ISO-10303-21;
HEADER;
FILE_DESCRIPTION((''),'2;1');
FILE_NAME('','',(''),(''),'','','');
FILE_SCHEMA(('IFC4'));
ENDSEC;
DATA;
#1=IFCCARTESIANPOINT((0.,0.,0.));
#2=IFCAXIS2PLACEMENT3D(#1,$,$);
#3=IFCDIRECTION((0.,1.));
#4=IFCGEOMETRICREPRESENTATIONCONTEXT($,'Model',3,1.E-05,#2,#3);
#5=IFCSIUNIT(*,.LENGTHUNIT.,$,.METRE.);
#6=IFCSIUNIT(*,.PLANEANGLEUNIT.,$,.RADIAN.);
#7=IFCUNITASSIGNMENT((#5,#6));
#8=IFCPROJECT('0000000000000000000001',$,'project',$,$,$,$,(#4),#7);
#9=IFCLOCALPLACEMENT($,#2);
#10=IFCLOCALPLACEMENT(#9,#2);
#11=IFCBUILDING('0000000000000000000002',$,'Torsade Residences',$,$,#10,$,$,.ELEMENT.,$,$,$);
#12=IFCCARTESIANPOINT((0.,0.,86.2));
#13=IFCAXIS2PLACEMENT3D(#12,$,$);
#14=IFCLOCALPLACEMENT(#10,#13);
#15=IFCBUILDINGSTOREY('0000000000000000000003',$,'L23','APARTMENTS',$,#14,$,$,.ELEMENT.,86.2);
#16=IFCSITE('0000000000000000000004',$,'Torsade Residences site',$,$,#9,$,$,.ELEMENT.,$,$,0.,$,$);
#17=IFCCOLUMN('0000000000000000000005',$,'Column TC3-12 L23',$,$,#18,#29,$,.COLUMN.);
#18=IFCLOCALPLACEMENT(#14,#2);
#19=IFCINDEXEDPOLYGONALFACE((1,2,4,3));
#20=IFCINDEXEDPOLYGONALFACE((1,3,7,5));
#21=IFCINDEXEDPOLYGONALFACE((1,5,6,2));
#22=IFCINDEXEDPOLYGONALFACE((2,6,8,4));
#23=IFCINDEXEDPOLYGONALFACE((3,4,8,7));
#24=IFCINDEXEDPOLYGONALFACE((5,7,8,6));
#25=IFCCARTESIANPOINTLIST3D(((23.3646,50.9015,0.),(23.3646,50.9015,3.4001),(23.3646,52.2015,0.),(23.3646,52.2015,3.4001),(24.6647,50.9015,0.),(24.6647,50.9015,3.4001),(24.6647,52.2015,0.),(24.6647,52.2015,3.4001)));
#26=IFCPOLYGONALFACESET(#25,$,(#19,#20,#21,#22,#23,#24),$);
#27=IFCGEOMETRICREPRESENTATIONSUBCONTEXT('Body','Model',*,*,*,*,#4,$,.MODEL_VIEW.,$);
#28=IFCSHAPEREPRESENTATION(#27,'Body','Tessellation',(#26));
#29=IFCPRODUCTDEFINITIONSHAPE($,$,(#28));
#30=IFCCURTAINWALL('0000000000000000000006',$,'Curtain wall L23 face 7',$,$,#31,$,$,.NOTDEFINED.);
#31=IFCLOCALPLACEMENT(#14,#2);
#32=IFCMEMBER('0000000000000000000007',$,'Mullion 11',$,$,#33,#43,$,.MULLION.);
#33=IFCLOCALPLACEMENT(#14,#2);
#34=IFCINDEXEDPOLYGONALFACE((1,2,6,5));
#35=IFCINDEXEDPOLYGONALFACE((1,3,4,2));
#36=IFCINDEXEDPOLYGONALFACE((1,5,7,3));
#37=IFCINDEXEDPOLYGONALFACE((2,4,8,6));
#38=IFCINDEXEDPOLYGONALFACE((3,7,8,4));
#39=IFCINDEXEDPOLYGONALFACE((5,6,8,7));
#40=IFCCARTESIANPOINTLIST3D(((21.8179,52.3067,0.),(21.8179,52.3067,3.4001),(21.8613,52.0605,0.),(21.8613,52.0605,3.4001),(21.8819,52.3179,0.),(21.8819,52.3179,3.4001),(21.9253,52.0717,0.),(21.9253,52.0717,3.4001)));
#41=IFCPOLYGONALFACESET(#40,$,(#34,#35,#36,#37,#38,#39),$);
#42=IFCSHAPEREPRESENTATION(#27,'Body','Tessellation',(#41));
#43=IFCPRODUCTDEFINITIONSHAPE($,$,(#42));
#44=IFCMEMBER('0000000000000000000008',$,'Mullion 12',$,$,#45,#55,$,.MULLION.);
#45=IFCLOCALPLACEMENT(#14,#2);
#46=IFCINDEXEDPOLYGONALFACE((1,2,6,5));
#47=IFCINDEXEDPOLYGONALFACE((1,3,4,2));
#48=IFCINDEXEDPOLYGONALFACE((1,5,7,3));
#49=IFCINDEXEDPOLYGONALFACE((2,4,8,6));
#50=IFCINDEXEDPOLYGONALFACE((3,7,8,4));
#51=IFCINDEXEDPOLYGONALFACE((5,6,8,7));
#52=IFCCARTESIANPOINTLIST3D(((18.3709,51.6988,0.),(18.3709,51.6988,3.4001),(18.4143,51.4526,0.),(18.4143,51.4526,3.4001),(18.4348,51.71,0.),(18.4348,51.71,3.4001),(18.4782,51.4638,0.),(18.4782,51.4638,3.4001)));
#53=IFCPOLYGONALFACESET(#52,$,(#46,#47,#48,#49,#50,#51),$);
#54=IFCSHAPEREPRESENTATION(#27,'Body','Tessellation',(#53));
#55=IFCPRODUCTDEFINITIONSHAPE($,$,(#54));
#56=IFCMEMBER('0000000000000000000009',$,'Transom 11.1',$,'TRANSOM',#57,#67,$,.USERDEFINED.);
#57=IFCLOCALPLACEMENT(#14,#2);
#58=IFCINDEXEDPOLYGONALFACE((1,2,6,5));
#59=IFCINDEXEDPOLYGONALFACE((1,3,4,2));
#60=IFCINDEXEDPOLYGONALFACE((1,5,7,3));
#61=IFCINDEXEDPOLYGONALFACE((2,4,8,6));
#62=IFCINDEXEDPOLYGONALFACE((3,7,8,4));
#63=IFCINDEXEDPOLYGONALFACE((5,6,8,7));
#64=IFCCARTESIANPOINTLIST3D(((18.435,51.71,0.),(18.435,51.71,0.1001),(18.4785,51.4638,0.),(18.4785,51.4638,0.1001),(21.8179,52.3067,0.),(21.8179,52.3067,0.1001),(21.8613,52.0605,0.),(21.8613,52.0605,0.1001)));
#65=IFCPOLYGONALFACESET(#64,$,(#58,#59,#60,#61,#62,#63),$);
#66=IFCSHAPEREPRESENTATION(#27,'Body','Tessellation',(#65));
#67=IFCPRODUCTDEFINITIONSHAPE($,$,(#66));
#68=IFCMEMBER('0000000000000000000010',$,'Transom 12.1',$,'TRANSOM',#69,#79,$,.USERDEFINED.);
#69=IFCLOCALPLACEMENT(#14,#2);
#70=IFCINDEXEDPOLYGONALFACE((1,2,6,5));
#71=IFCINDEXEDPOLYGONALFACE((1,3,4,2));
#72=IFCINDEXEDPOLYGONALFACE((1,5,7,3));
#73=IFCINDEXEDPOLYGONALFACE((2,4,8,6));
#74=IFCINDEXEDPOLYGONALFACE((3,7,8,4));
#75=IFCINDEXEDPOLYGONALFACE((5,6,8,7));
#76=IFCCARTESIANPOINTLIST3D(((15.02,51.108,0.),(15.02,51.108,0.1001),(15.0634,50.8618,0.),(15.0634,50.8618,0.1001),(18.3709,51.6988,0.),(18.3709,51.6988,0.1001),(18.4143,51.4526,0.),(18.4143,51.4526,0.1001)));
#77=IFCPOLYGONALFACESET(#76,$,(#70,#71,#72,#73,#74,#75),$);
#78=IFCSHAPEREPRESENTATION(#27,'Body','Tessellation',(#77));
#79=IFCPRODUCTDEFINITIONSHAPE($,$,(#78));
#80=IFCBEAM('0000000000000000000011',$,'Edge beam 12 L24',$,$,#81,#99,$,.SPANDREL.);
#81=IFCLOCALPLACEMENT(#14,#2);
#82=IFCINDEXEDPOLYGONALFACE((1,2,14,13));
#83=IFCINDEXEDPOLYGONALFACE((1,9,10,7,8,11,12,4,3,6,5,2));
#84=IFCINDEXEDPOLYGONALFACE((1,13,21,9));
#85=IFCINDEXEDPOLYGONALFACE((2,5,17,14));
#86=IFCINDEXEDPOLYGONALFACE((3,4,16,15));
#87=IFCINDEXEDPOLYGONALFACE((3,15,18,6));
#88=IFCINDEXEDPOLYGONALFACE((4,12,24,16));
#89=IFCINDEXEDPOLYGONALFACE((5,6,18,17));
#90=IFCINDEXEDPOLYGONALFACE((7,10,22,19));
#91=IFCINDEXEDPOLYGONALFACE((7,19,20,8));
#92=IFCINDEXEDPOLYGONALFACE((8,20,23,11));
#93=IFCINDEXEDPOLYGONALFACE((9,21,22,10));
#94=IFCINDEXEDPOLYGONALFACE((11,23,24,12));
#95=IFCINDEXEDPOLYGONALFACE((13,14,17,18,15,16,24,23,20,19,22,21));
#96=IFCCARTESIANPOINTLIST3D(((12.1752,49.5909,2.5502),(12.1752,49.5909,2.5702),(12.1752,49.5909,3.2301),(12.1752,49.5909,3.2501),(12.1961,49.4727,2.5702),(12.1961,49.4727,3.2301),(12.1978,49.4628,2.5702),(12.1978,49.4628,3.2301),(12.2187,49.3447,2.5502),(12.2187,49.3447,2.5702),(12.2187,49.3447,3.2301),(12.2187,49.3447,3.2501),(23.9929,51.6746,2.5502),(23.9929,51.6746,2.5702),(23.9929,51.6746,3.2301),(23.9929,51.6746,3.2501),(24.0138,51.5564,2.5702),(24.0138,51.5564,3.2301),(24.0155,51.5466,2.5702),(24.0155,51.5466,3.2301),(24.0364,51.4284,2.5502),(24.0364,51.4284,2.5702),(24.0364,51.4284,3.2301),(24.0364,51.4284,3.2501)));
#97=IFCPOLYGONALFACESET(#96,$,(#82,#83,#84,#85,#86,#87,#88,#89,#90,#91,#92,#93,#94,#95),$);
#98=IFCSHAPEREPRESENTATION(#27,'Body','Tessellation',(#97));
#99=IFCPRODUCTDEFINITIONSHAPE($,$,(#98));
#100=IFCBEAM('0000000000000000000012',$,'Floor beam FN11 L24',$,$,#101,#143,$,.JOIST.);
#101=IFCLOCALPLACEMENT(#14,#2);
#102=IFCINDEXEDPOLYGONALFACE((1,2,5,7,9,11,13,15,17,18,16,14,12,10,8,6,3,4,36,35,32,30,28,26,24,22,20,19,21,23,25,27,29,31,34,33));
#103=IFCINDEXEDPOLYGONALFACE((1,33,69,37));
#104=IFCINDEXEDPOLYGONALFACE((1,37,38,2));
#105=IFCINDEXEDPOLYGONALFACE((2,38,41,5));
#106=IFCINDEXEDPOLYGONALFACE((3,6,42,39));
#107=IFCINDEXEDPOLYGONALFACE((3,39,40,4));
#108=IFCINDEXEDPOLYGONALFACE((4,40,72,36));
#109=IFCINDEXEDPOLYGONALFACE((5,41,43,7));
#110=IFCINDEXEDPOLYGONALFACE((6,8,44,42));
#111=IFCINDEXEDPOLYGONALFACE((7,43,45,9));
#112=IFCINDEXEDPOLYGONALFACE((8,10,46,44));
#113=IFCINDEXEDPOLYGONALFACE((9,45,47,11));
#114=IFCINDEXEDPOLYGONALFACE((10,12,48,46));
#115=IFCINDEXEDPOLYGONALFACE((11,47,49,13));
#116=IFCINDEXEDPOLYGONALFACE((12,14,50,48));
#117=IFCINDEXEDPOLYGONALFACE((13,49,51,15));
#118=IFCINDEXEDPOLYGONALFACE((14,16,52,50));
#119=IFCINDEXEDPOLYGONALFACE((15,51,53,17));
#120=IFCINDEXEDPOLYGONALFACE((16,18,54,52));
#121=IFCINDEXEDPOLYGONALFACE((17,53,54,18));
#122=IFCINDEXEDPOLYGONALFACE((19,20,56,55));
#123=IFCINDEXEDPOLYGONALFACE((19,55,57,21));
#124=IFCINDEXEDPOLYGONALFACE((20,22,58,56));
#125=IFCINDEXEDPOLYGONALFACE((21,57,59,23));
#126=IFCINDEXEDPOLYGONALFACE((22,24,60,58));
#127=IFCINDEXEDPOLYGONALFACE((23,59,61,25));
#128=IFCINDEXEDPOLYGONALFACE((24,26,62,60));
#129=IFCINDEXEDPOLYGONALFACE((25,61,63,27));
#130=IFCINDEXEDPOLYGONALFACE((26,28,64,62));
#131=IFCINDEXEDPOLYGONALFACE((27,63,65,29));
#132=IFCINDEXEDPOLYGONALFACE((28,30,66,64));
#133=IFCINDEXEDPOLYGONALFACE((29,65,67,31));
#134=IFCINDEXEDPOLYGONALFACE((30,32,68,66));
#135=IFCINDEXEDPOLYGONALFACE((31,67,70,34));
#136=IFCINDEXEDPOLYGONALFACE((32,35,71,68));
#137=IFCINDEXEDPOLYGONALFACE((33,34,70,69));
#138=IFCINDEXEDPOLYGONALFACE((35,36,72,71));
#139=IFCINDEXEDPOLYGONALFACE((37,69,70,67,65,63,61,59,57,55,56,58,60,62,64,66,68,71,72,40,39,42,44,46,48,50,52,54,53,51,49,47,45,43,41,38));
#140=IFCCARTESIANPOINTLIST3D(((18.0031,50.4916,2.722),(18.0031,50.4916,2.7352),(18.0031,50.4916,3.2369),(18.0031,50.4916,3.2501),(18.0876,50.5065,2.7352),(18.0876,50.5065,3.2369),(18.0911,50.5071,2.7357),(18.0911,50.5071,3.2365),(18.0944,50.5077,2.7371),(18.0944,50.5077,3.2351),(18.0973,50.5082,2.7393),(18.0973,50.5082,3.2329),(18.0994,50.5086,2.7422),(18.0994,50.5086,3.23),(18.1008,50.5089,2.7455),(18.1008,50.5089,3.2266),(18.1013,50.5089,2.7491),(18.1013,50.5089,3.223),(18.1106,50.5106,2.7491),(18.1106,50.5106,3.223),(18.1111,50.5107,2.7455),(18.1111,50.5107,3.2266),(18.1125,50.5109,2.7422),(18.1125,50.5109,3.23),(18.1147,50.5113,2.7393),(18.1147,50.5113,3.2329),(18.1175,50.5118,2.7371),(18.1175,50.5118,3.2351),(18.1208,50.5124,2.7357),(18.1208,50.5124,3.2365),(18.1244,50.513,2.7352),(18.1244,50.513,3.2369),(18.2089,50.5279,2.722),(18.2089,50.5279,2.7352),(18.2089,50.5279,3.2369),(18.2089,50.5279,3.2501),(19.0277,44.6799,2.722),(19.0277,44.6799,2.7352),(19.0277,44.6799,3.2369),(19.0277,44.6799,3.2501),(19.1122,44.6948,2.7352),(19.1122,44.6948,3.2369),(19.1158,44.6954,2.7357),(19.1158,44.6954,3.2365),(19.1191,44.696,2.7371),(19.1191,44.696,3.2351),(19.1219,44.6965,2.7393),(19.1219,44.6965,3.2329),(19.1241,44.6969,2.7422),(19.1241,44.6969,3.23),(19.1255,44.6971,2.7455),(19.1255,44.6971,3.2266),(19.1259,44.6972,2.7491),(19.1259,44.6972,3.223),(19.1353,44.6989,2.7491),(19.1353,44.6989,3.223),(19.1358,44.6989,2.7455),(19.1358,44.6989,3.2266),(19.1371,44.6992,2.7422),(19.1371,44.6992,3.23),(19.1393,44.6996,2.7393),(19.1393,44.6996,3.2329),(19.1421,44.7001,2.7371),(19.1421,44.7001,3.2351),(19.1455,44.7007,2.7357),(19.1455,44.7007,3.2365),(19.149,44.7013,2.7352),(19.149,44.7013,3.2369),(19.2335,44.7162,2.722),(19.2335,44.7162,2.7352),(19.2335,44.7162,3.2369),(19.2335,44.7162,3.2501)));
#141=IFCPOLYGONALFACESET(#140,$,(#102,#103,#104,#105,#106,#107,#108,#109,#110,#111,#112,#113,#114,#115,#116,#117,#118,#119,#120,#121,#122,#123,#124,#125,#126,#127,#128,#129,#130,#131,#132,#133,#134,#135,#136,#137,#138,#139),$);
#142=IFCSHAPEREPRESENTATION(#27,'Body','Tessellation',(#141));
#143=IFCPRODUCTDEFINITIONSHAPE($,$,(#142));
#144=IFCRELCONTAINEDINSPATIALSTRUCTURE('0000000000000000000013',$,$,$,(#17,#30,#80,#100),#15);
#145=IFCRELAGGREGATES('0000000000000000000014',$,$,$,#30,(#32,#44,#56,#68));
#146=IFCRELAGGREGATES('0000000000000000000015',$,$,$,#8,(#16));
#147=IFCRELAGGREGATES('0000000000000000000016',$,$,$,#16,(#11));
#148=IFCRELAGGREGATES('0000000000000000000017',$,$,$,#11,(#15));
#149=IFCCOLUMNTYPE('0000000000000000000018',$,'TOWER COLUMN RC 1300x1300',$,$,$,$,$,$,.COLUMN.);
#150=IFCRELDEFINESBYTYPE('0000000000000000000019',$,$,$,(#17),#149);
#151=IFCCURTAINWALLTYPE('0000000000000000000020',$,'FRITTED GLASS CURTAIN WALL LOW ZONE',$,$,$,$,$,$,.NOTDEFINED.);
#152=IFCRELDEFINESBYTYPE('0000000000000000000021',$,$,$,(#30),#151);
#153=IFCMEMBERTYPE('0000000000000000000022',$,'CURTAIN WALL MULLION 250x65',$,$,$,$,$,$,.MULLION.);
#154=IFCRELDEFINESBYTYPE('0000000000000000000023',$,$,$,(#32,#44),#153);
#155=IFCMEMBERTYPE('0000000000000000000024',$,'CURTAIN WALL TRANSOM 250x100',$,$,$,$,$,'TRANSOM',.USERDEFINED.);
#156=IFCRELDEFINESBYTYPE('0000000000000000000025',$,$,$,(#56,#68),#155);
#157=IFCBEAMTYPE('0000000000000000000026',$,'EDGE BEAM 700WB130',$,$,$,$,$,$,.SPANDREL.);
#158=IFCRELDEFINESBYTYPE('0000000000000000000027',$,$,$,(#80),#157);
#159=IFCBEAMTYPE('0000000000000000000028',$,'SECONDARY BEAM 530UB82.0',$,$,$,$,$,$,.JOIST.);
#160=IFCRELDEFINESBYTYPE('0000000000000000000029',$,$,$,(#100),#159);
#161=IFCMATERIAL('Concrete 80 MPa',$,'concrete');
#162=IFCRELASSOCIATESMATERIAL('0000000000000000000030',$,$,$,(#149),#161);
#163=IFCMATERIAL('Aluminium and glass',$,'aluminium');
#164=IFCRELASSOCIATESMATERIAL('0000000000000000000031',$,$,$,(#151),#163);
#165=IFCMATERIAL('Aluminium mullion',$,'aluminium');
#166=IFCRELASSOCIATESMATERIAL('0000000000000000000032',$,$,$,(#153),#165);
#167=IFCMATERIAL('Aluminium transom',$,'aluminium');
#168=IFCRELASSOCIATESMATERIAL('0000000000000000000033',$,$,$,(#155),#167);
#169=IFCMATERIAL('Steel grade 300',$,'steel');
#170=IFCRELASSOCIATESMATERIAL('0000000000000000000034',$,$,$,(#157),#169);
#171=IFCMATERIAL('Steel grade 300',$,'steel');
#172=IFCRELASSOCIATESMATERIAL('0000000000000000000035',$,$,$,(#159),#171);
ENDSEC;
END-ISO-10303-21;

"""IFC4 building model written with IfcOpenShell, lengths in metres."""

from ifc_helpers import new_model, si_unit, direction, frame, origin, origin_2d, place, context, subcontext, project, spatial, rectangle, i_section, extrude, material, material_profile, profile_set, type_object, element, aggregate, save


model = new_model("IFC4")

# Units and contexts
model_context = context("Model", 3, precision=1e-05, world=origin(), true_north=direction((0.0, 1.0)))
body_context = subcontext(model_context, "Body", "Model", "MODEL_VIEW")
ifc_project = project(units=[si_unit("LENGTHUNIT", "METRE"), si_unit("PLANEANGLEUNIT", "RADIAN")], contexts=[model_context])

# Site, building, storey
site_placement = place(None, origin())
site = spatial("IfcSite", under=ifc_project, at=site_placement, Name="Torsade Residences site", CompositionType="ELEMENT", RefElevation=0.0)
building_placement = place(site_placement, origin())
building = spatial("IfcBuilding", under=site, at=building_placement, Name="Torsade Residences", CompositionType="ELEMENT")
storey_placement = place(building_placement, frame((0.0, 0.0, 86.2)))
storey = spatial("IfcBuildingStorey", under=building, at=storey_placement, Name="L23", Description="APARTMENTS", CompositionType="ELEMENT", Elevation=86.2)

# Column
ifc_material_1 = material(Name="Concrete 80 MPa", Category="concrete")
ifc_material_profile_1 = material_profile(ifc_material_1, rectangle(XDim=1.3, YDim=1.3, at=origin_2d()), Name="RC 1300x1300")
ifc_profile_set_1 = profile_set([ifc_material_profile_1], Name="Concrete 80 MPa")
column_type = type_object("IfcColumnType", Name="TOWER COLUMN RC 1300x1300", PredefinedType="COLUMN", material=ifc_profile_set_1)
column_placement = place(storey_placement, frame((24.0146, 51.5515, 0.0), z_axis=(0.0, 0.0, 1.0), x_axis=(1.0, 0.0, 0.0)))
element("IfcColumn", 1, at=column_placement, inside=storey, type_object=column_type, Name="Column TC3-12 L23", PredefinedType="COLUMN", context=body_context, shape_type="SweptSolid", body=[
    extrude(rectangle(XDim=1.3, YDim=1.3, at=origin_2d()), origin(), (0.0, 0.0, 1.0), 3.4001),
])

# Curtain wall, members
ifc_material_2 = material(Name="Aluminium and glass", Category="aluminium")
curtain_wall_type = type_object("IfcCurtainWallType", Name="FRITTED GLASS CURTAIN WALL LOW ZONE", PredefinedType="NOTDEFINED", material=ifc_material_2)
curtain_wall_placement = place(storey_placement, origin())
curtain_wall = element("IfcCurtainWall", 2, at=curtain_wall_placement, inside=storey, type_object=curtain_wall_type, Name="Curtain wall L23 face 7", PredefinedType="NOTDEFINED")
ifc_material_3 = material(Name="Aluminium mullion", Category="aluminium")
ifc_material_profile_2 = material_profile(ifc_material_3, rectangle(XDim=0.25, YDim=0.0649, at=origin_2d()), Name="CURTAIN WALL MULLION 250x65")
ifc_profile_set_2 = profile_set([ifc_material_profile_2], Name="Aluminium mullion")
member_type_1 = type_object("IfcMemberType", Name="CURTAIN WALL MULLION 250x65", PredefinedType="MULLION", material=ifc_profile_set_2)
member_1_placement = place(storey_placement, frame((21.8716, 52.1892, 0.0), z_axis=(0.0, 0.0, 1.0), x_axis=(0.173648, -0.984808, 0.0)))
member_1 = element("IfcMember", 3, at=member_1_placement, type_object=member_type_1, Name="Mullion 11", PredefinedType="MULLION", context=body_context, shape_type="SweptSolid", body=[
    extrude(rectangle(XDim=0.25, YDim=0.0649, at=origin_2d()), origin(), (0.0, 0.0, 1.0), 3.4001),
])
member_2_placement = place(storey_placement, frame((18.4246, 51.5813, 0.0), z_axis=(0.0, 0.0, 1.0), x_axis=(0.173648, -0.984808, 0.0)))
member_2 = element("IfcMember", 4, at=member_2_placement, type_object=member_type_1, Name="Mullion 12", PredefinedType="MULLION", context=body_context, shape_type="SweptSolid", body=[
    extrude(rectangle(XDim=0.25, YDim=0.0649, at=origin_2d()), origin(), (0.0, 0.0, 1.0), 3.4001),
])
ifc_material_4 = material(Name="Aluminium transom", Category="aluminium")
ifc_material_profile_3 = material_profile(ifc_material_4, rectangle(XDim=0.25, YDim=0.1001, at=origin_2d()), Name="CURTAIN WALL TRANSOM 250x100")
ifc_profile_set_3 = profile_set([ifc_material_profile_3], Name="Aluminium transom")
member_type_2 = type_object("IfcMemberType", Name="CURTAIN WALL TRANSOM 250x100", ElementType="TRANSOM", PredefinedType="USERDEFINED", material=ifc_profile_set_3)
member_3_placement = place(storey_placement, frame((21.8396, 52.1836, 0.05), z_axis=(-0.984798, -0.173704, 0.0), x_axis=(0.173704, -0.984798, 0.0)))
member_3 = element("IfcMember", 5, at=member_3_placement, type_object=member_type_2, Name="Transom 11.1", ObjectType="TRANSOM", PredefinedType="USERDEFINED", context=body_context, shape_type="SweptSolid", body=[
    extrude(rectangle(XDim=0.25, YDim=0.1001, at=origin_2d()), origin(), (0.0, 0.0, 1.0), 3.4351),
])
member_4_placement = place(storey_placement, frame((18.3926, 51.5757, 0.05), z_axis=(-0.984809, -0.173642, 0.0), x_axis=(0.173642, -0.984809, 0.0)))
member_4 = element("IfcMember", 6, at=member_4_placement, type_object=member_type_2, Name="Transom 12.1", ObjectType="TRANSOM", PredefinedType="USERDEFINED", context=body_context, shape_type="SweptSolid", body=[
    extrude(rectangle(XDim=0.25, YDim=0.1001, at=origin_2d()), origin(), (0.0, 0.0, 1.0), 3.4026),
])

# Beams
ifc_material_5 = material(Name="Steel grade 300", Category="steel")
ifc_material_profile_4 = material_profile(ifc_material_5, i_section(OverallWidth=0.25, OverallDepth=0.7, WebThickness=0.01, FlangeThickness=0.02, at=origin_2d()), Name="700WB130")
ifc_profile_set_4 = profile_set([ifc_material_profile_4], Name="Steel grade 300")
beam_type_1 = type_object("IfcBeamType", Name="EDGE BEAM 700WB130", PredefinedType="SPANDREL", material=ifc_profile_set_4)
beam_1_placement = place(storey_placement, frame((24.0146, 51.5515, 2.9001), z_axis=(-0.984808, -0.173646, 0.0), x_axis=(0.173646, -0.984808, 0.0)))
element("IfcBeam", 7, at=beam_1_placement, inside=storey, type_object=beam_type_1, Name="Edge beam 12 L24", PredefinedType="SPANDREL", context=body_context, shape_type="SweptSolid", body=[
    extrude(i_section(OverallWidth=0.25, OverallDepth=0.7, WebThickness=0.01, FlangeThickness=0.02, at=origin_2d()), origin(), (0.0, 0.0, 1.0), 12.0),
])
ifc_material_6 = material(Name="Steel grade 300", Category="steel")
ifc_material_profile_5 = material_profile(ifc_material_6, i_section(OverallWidth=0.209, OverallDepth=0.5281, WebThickness=0.0095, FlangeThickness=0.0132, FilletRadius=0.0139, at=origin_2d()), Name="530UB82.0")
ifc_profile_set_5 = profile_set([ifc_material_profile_5], Name="Steel grade 300")
beam_type_2 = type_object("IfcBeamType", Name="SECONDARY BEAM 530UB82.0", PredefinedType="JOIST", material=ifc_profile_set_5)
beam_2_placement = place(storey_placement, frame((18.106, 50.5098, 2.9861), z_axis=(0.17363, -0.984811, 0.0), x_axis=(0.984811, 0.17363, 0.0)))
element("IfcBeam", 8, at=beam_2_placement, inside=storey, type_object=beam_type_2, Name="Floor beam FN11 L24", PredefinedType="JOIST", context=body_context, shape_type="SweptSolid", body=[
    extrude(i_section(OverallWidth=0.209, OverallDepth=0.5281, WebThickness=0.0095, FlangeThickness=0.0132, FilletRadius=0.0139, at=origin_2d()), origin(), (0.0, 0.0, 1.0), 5.9014),
])

aggregate(curtain_wall, [member_1, member_2, member_3, member_4])

save(model, "model.ifc")
